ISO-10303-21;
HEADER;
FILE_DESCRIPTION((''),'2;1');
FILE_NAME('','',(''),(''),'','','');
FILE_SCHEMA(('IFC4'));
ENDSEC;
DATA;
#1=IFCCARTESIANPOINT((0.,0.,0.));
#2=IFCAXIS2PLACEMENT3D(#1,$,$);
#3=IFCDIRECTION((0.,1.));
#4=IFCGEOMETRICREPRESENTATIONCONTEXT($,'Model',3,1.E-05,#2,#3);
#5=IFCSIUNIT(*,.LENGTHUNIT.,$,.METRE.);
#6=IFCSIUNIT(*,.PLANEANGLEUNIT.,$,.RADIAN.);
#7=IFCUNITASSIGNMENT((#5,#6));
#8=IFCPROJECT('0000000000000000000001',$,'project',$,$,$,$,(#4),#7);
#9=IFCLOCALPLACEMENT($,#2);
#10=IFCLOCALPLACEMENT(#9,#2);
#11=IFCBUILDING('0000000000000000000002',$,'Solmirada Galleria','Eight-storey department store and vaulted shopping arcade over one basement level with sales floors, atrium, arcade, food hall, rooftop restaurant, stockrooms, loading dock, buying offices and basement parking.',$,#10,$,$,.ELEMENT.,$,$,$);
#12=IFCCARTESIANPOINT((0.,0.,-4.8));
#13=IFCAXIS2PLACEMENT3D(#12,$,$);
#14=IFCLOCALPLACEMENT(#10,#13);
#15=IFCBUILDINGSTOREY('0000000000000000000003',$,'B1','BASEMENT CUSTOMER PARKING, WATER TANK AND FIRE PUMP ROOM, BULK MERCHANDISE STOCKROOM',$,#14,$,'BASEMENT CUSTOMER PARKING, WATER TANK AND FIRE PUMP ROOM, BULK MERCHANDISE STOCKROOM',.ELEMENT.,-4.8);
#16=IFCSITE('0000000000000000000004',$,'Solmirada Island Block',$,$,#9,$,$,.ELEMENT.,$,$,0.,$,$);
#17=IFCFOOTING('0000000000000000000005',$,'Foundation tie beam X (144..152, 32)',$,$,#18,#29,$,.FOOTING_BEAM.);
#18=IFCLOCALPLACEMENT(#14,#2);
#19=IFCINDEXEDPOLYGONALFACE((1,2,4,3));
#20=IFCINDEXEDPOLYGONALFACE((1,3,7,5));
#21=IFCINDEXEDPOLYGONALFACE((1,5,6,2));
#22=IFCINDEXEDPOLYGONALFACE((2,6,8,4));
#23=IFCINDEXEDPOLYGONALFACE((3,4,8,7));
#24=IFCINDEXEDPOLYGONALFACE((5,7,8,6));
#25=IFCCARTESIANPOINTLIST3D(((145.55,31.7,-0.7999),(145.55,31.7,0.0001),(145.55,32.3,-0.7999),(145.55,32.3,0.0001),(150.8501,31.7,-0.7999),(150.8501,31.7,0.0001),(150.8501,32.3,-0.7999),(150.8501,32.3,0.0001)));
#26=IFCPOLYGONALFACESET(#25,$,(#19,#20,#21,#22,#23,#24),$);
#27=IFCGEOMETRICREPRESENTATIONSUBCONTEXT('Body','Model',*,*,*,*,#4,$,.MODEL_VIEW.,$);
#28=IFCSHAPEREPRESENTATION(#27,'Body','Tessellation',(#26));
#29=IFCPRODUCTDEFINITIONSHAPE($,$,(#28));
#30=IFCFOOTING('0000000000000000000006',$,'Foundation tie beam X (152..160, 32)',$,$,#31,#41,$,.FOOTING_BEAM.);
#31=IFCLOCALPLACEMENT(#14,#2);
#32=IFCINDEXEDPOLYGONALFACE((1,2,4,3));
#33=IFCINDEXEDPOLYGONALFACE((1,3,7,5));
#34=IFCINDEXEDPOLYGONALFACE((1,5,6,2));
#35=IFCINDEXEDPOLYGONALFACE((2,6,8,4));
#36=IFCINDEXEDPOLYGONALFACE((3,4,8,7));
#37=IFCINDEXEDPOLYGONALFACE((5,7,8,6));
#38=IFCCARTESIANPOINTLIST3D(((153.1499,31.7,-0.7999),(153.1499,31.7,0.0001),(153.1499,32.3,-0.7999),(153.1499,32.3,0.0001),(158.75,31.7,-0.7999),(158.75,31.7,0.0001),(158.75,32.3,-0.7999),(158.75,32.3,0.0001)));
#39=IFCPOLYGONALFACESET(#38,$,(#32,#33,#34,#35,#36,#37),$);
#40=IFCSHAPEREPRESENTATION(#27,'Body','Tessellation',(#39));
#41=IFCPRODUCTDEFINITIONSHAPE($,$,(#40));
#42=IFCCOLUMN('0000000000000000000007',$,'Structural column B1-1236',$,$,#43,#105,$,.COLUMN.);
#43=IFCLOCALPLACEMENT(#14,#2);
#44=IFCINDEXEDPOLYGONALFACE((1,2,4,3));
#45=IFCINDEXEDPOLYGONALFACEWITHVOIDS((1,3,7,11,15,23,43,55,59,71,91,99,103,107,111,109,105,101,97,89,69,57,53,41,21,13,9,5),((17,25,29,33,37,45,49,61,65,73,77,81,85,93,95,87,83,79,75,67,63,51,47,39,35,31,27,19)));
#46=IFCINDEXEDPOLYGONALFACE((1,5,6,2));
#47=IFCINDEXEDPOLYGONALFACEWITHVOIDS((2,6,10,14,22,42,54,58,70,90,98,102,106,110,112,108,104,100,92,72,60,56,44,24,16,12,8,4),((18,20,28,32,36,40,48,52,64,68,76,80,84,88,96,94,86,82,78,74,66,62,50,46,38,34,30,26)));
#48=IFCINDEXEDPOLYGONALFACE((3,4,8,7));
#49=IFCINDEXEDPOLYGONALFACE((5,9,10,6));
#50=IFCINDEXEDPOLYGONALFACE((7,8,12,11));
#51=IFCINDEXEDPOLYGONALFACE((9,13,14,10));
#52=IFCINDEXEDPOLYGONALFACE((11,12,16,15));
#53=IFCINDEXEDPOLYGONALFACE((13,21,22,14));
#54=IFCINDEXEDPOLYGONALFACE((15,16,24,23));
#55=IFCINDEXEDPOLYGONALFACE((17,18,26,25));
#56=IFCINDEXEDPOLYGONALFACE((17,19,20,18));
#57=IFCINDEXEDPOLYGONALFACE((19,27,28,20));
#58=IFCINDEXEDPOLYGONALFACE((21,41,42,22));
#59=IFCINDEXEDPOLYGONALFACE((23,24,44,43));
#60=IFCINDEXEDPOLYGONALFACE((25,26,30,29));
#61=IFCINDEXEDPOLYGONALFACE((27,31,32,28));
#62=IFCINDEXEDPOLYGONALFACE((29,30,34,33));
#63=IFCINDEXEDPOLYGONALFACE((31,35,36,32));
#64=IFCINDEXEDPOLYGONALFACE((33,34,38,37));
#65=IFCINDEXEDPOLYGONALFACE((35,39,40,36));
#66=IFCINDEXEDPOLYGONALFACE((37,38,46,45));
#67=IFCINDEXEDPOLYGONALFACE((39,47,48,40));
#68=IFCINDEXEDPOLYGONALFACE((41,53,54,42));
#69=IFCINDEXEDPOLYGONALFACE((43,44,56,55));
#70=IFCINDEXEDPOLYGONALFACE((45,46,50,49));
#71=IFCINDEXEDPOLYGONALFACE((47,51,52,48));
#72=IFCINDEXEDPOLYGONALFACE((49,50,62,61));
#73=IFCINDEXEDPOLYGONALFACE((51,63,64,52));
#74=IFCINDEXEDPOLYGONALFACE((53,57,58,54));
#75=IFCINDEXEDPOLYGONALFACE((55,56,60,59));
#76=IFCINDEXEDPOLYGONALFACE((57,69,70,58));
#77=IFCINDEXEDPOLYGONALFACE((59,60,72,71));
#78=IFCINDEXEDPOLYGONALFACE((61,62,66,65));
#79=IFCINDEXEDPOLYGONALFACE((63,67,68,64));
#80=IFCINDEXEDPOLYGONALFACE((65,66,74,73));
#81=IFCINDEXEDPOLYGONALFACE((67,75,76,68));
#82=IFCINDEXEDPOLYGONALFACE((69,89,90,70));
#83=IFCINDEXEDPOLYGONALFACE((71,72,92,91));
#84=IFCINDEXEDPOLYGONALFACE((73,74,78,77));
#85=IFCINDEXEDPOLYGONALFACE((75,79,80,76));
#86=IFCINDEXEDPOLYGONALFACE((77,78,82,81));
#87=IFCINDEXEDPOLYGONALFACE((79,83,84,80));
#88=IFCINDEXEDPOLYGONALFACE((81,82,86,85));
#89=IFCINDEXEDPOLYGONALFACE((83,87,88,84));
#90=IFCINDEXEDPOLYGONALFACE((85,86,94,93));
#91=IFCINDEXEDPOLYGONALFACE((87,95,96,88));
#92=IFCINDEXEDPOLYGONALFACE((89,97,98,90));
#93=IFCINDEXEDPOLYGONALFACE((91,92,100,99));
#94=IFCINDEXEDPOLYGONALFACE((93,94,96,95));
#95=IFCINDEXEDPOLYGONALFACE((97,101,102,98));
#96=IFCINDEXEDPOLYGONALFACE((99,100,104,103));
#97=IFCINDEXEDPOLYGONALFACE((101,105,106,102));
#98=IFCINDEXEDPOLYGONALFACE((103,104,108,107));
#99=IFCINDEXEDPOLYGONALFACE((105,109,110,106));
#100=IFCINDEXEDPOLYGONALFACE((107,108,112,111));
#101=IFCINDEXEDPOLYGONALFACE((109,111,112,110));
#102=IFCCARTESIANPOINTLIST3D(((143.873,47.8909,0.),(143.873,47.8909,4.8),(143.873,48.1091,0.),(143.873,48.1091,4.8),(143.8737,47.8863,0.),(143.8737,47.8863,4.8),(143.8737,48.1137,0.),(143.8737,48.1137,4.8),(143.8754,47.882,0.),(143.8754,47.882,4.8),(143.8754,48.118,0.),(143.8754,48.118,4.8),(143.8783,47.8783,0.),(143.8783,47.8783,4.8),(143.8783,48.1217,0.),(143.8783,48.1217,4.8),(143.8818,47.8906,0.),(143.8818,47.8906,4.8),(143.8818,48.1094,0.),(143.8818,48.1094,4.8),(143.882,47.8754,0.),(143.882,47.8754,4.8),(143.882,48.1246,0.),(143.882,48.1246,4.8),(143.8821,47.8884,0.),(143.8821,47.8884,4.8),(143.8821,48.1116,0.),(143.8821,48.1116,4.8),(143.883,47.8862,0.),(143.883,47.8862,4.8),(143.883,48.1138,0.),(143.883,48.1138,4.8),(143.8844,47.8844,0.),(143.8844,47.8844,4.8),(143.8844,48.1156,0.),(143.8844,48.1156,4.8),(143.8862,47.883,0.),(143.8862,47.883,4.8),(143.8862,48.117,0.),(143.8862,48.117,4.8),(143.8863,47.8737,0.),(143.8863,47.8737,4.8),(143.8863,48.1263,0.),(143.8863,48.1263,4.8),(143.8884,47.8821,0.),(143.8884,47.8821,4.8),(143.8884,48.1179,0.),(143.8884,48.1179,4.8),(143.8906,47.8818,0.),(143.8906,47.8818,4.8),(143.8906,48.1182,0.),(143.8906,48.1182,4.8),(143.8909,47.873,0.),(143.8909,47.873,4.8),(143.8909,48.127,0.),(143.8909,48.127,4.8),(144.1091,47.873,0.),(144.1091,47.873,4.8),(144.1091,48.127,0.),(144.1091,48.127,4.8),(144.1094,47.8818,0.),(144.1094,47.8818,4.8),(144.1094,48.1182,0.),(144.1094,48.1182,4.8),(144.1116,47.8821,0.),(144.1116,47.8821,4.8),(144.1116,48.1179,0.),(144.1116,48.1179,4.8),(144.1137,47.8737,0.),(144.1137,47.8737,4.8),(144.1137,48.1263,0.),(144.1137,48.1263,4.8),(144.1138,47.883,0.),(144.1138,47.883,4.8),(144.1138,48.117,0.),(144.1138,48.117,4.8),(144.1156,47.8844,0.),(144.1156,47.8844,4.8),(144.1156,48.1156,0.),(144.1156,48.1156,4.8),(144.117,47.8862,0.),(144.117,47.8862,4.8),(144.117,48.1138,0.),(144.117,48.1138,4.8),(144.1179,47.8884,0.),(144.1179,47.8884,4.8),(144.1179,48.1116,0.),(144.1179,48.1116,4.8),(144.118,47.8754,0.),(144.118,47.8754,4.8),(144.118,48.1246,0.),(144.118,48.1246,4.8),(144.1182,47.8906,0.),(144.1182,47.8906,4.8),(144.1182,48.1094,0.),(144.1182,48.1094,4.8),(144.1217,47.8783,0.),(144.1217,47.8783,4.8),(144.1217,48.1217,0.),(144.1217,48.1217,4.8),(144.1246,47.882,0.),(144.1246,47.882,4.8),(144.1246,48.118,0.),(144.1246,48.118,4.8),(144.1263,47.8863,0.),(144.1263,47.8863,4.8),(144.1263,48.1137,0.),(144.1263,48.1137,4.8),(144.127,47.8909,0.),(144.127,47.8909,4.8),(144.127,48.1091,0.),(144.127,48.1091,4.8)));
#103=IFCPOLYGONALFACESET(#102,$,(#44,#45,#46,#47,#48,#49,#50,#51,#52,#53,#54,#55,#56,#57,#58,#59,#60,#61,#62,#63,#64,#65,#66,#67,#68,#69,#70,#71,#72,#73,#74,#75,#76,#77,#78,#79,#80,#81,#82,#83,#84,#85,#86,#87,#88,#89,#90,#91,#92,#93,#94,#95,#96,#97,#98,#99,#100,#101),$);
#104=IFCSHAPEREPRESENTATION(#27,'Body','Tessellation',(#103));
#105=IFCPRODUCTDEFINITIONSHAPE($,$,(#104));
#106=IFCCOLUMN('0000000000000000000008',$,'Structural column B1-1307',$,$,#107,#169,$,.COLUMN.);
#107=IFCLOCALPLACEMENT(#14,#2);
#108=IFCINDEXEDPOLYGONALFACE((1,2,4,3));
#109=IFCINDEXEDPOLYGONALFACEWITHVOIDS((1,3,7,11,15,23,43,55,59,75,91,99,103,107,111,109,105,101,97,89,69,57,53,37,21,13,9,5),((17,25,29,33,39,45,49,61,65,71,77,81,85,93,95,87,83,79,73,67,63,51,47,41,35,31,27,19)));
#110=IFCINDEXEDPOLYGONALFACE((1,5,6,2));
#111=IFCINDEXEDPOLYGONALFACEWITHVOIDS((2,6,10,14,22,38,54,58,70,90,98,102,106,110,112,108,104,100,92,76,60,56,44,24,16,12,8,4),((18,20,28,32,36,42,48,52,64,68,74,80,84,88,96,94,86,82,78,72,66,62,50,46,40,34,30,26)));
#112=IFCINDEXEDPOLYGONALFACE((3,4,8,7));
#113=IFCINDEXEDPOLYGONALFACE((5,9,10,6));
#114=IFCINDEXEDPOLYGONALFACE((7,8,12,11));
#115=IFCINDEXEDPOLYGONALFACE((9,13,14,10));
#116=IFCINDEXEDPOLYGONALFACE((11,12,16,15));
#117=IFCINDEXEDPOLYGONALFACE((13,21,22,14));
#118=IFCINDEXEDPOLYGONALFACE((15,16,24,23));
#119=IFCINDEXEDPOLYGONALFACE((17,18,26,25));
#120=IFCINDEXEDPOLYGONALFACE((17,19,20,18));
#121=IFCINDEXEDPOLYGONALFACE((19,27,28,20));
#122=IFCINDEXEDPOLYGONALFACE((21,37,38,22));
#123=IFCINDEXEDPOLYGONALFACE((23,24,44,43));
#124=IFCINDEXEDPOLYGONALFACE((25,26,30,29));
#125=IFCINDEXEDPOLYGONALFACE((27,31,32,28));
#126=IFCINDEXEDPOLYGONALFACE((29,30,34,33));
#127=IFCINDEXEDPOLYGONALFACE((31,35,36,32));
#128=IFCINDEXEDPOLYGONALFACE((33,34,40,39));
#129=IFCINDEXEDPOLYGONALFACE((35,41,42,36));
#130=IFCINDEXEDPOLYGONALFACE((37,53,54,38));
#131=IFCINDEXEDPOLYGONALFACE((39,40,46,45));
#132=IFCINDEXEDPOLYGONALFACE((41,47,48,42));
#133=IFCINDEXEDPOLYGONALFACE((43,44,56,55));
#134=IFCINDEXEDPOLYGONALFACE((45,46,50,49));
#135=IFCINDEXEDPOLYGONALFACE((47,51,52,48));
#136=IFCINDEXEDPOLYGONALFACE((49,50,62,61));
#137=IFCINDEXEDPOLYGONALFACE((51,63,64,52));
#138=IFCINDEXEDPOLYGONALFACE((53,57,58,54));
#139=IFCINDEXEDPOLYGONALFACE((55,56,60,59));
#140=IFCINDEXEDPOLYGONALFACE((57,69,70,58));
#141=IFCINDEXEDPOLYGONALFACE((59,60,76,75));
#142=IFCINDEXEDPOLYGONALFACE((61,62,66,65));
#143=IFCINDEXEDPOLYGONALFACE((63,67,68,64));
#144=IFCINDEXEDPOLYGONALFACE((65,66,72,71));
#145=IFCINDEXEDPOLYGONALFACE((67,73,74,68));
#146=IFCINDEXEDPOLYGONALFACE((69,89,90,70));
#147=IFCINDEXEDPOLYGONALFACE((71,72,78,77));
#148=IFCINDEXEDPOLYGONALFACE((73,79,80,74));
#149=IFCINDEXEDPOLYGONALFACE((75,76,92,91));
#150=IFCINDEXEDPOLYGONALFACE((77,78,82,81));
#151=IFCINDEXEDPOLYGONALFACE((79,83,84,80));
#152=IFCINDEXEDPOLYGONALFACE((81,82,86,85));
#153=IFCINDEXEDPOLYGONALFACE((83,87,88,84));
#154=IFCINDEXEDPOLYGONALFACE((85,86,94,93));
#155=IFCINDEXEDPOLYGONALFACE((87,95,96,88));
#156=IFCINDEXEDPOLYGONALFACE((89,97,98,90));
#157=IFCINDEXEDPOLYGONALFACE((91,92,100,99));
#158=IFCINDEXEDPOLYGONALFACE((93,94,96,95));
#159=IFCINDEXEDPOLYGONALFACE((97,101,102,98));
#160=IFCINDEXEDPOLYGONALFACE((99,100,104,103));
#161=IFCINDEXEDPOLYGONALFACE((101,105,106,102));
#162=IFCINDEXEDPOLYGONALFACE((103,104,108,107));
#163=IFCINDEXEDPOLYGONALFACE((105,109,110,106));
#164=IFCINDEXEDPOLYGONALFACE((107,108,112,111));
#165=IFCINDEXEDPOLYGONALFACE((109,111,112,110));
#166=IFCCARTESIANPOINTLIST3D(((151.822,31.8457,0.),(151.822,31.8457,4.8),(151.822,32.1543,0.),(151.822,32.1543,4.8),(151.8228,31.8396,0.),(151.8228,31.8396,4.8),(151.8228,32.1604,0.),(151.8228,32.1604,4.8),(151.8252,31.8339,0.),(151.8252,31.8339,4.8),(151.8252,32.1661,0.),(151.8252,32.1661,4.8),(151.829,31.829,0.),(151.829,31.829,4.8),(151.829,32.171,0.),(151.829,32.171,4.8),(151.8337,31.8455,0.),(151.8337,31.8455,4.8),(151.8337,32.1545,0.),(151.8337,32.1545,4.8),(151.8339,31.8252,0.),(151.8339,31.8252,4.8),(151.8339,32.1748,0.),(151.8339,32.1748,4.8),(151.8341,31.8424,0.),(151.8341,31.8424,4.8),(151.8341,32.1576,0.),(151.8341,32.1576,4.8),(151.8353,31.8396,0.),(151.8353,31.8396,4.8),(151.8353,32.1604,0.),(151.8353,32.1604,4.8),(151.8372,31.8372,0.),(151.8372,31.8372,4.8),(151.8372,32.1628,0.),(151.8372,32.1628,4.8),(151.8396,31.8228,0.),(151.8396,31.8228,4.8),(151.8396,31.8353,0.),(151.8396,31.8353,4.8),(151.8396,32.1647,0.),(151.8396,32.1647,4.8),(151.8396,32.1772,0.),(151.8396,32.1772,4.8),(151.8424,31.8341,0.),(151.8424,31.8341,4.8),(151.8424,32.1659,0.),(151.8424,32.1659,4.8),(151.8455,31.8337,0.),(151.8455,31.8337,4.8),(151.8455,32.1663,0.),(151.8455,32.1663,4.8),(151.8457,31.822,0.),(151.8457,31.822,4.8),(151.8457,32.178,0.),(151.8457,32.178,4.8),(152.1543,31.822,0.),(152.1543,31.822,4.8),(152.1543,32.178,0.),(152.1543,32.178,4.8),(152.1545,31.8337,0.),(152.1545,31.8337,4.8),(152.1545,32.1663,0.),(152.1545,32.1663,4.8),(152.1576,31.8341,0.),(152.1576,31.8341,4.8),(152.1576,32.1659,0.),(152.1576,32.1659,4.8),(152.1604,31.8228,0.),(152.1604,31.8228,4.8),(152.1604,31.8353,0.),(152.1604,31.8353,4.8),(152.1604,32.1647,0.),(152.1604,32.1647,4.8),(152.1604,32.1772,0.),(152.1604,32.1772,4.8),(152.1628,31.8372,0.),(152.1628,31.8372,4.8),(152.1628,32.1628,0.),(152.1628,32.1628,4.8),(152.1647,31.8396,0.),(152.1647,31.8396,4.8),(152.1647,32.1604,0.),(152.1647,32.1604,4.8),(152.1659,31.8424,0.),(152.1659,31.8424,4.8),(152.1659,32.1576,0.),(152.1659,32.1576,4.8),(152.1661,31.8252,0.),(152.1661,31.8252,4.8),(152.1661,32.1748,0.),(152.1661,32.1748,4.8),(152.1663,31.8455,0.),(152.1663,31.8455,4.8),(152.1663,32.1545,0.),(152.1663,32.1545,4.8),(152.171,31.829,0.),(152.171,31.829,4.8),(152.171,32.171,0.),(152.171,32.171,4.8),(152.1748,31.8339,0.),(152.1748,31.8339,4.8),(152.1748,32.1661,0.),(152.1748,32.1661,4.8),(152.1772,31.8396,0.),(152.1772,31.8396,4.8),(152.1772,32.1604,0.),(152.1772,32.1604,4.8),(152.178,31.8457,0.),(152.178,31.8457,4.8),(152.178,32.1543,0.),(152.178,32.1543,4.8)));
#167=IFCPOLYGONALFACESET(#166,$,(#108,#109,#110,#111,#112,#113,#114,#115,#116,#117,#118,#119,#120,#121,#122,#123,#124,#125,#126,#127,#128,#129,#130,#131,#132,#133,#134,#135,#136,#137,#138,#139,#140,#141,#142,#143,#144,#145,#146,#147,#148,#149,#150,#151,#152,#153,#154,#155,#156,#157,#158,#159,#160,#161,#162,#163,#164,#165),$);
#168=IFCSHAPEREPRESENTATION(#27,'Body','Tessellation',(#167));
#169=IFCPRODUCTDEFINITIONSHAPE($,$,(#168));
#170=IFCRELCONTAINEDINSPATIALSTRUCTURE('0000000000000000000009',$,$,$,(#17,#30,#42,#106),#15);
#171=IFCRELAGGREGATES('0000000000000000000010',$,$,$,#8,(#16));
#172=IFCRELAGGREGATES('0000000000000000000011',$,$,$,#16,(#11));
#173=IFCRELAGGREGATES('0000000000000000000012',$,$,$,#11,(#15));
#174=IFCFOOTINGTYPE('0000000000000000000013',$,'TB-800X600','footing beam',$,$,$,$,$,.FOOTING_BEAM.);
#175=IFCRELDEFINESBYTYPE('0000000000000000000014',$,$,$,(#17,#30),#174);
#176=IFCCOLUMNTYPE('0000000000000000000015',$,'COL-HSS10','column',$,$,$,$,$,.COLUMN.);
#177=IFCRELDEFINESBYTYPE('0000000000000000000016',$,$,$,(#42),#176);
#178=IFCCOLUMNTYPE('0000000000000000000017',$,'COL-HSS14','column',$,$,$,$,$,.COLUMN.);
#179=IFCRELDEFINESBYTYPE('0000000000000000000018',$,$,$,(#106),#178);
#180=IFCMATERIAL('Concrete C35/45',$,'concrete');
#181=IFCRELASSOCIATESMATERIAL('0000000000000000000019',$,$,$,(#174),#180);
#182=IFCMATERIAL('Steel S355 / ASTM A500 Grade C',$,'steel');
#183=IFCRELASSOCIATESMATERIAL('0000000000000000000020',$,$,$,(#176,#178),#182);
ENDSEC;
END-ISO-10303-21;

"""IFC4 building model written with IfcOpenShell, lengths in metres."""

from ifc_helpers import new_model, si_unit, direction, frame, origin, origin_2d, place, context, subcontext, project, spatial, rectangle, hollow_rectangle, extrude, material, material_profile, profile_set, type_object, element, save


model = new_model("IFC4")

# Units and contexts
model_context = context("Model", 3, precision=1e-05, world=origin(), true_north=direction((0.0, 1.0)))
body_context = subcontext(model_context, "Body", "Model", "MODEL_VIEW")
ifc_project = project(units=[si_unit("LENGTHUNIT", "METRE"), si_unit("PLANEANGLEUNIT", "RADIAN")], contexts=[model_context])

# Site, building, storey
site_placement = place(None, origin())
site = spatial("IfcSite", under=ifc_project, at=site_placement, Name="Solmirada Island Block", CompositionType="ELEMENT", RefElevation=0.0)
building_placement = place(site_placement, origin())
building = spatial("IfcBuilding", under=site, at=building_placement, Name="Solmirada Galleria", Description="Eight-storey department store and vaulted shopping arcade over one basement level with sales floors, atrium, arcade, food hall, rooftop restaurant, stockrooms, loading dock, buying offices and basement parking.", CompositionType="ELEMENT")
storey_placement = place(building_placement, frame((0.0, 0.0, -4.8)))
storey = spatial("IfcBuildingStorey", under=building, at=storey_placement, Name="B1", Description="BASEMENT CUSTOMER PARKING, WATER TANK AND FIRE PUMP ROOM, BULK MERCHANDISE STOCKROOM", LongName="BASEMENT CUSTOMER PARKING, WATER TANK AND FIRE PUMP ROOM, BULK MERCHANDISE STOCKROOM", CompositionType="ELEMENT", Elevation=-4.8)

# Shared definitions
ifc_material_1 = material(Name="Concrete C35/45", Category="concrete")

# Footings
ifc_material_profile_1 = material_profile(ifc_material_1, rectangle(XDim=0.6001, YDim=0.8, at=origin_2d()), Name="RC800X600")
ifc_profile_set_1 = profile_set([ifc_material_profile_1], Name="Concrete C35/45")
footing_type_1 = type_object("IfcFootingType", Name="TB-800X600", Description="footing beam", PredefinedType="FOOTING_BEAM", material=ifc_profile_set_1)
footing_1_placement = place(storey_placement, frame((145.55, 32.0, -0.3999), z_axis=(1.0, 0.0, 0.0), x_axis=(0.0, 1.0, 0.0)))
element("IfcFooting", 1, at=footing_1_placement, inside=storey, type_object=footing_type_1, Name="Foundation tie beam X (144..152, 32)", PredefinedType="FOOTING_BEAM", context=body_context, shape_type="SweptSolid", body=[
    extrude(rectangle(XDim=0.6001, YDim=0.8, at=origin_2d()), origin(), (0.0, 0.0, 1.0), 5.3),
])
footing_2_placement = place(storey_placement, frame((153.1499, 32.0, -0.3999), z_axis=(1.0, 0.0, 0.0), x_axis=(0.0, 1.0, 0.0)))
element("IfcFooting", 2, at=footing_2_placement, inside=storey, type_object=footing_type_1, Name="Foundation tie beam X (152..160, 32)", PredefinedType="FOOTING_BEAM", context=body_context, shape_type="SweptSolid", body=[
    extrude(rectangle(XDim=0.6001, YDim=0.8, at=origin_2d()), origin(), (0.0, 0.0, 1.0), 5.6001),
])

# Columns
ifc_material_2 = material(Name="Steel S355 / ASTM A500 Grade C", Category="steel")
ifc_material_profile_2 = material_profile(ifc_material_2, hollow_rectangle(XDim=0.2539, YDim=0.2539, WallThickness=0.0088, InnerFilletRadius=0.0088, OuterFilletRadius=0.0178, at=origin_2d()), Name="HSS10X10X3/8")
ifc_profile_set_2 = profile_set([ifc_material_profile_2], Name="Steel S355 / ASTM A500 Grade C")
column_type_1 = type_object("IfcColumnType", Name="COL-HSS10", Description="column", PredefinedType="COLUMN", material=ifc_profile_set_2)
column_1_placement = place(storey_placement, frame((144.0, 48.0, 0.0), z_axis=(0.0, 0.0, 1.0), x_axis=(1.0, 0.0, 0.0)))
element("IfcColumn", 3, at=column_1_placement, inside=storey, type_object=column_type_1, Name="Structural column B1-1236", PredefinedType="COLUMN", context=body_context, shape_type="SweptSolid", body=[
    extrude(hollow_rectangle(XDim=0.2539, YDim=0.2539, WallThickness=0.0088, InnerFilletRadius=0.0088, OuterFilletRadius=0.0178, at=origin_2d()), origin(), (0.0, 0.0, 1.0), 4.8),
])
ifc_material_profile_3 = material_profile(ifc_material_2, hollow_rectangle(XDim=0.356, YDim=0.356, WallThickness=0.0117, InnerFilletRadius=0.0117, OuterFilletRadius=0.0237, at=origin_2d()), Name="HSS14X14X1/2")
ifc_profile_set_3 = profile_set([ifc_material_profile_3], Name="Steel S355 / ASTM A500 Grade C")
column_type_2 = type_object("IfcColumnType", Name="COL-HSS14", Description="column", PredefinedType="COLUMN", material=ifc_profile_set_3)
column_2_placement = place(storey_placement, frame((152.0, 32.0, 0.0), z_axis=(0.0, 0.0, 1.0), x_axis=(1.0, 0.0, 0.0)))
element("IfcColumn", 4, at=column_2_placement, inside=storey, type_object=column_type_2, Name="Structural column B1-1307", PredefinedType="COLUMN", context=body_context, shape_type="SweptSolid", body=[
    extrude(hollow_rectangle(XDim=0.356, YDim=0.356, WallThickness=0.0117, InnerFilletRadius=0.0117, OuterFilletRadius=0.0237, at=origin_2d()), origin(), (0.0, 0.0, 1.0), 4.8),
])

save(model, "model.ifc")
